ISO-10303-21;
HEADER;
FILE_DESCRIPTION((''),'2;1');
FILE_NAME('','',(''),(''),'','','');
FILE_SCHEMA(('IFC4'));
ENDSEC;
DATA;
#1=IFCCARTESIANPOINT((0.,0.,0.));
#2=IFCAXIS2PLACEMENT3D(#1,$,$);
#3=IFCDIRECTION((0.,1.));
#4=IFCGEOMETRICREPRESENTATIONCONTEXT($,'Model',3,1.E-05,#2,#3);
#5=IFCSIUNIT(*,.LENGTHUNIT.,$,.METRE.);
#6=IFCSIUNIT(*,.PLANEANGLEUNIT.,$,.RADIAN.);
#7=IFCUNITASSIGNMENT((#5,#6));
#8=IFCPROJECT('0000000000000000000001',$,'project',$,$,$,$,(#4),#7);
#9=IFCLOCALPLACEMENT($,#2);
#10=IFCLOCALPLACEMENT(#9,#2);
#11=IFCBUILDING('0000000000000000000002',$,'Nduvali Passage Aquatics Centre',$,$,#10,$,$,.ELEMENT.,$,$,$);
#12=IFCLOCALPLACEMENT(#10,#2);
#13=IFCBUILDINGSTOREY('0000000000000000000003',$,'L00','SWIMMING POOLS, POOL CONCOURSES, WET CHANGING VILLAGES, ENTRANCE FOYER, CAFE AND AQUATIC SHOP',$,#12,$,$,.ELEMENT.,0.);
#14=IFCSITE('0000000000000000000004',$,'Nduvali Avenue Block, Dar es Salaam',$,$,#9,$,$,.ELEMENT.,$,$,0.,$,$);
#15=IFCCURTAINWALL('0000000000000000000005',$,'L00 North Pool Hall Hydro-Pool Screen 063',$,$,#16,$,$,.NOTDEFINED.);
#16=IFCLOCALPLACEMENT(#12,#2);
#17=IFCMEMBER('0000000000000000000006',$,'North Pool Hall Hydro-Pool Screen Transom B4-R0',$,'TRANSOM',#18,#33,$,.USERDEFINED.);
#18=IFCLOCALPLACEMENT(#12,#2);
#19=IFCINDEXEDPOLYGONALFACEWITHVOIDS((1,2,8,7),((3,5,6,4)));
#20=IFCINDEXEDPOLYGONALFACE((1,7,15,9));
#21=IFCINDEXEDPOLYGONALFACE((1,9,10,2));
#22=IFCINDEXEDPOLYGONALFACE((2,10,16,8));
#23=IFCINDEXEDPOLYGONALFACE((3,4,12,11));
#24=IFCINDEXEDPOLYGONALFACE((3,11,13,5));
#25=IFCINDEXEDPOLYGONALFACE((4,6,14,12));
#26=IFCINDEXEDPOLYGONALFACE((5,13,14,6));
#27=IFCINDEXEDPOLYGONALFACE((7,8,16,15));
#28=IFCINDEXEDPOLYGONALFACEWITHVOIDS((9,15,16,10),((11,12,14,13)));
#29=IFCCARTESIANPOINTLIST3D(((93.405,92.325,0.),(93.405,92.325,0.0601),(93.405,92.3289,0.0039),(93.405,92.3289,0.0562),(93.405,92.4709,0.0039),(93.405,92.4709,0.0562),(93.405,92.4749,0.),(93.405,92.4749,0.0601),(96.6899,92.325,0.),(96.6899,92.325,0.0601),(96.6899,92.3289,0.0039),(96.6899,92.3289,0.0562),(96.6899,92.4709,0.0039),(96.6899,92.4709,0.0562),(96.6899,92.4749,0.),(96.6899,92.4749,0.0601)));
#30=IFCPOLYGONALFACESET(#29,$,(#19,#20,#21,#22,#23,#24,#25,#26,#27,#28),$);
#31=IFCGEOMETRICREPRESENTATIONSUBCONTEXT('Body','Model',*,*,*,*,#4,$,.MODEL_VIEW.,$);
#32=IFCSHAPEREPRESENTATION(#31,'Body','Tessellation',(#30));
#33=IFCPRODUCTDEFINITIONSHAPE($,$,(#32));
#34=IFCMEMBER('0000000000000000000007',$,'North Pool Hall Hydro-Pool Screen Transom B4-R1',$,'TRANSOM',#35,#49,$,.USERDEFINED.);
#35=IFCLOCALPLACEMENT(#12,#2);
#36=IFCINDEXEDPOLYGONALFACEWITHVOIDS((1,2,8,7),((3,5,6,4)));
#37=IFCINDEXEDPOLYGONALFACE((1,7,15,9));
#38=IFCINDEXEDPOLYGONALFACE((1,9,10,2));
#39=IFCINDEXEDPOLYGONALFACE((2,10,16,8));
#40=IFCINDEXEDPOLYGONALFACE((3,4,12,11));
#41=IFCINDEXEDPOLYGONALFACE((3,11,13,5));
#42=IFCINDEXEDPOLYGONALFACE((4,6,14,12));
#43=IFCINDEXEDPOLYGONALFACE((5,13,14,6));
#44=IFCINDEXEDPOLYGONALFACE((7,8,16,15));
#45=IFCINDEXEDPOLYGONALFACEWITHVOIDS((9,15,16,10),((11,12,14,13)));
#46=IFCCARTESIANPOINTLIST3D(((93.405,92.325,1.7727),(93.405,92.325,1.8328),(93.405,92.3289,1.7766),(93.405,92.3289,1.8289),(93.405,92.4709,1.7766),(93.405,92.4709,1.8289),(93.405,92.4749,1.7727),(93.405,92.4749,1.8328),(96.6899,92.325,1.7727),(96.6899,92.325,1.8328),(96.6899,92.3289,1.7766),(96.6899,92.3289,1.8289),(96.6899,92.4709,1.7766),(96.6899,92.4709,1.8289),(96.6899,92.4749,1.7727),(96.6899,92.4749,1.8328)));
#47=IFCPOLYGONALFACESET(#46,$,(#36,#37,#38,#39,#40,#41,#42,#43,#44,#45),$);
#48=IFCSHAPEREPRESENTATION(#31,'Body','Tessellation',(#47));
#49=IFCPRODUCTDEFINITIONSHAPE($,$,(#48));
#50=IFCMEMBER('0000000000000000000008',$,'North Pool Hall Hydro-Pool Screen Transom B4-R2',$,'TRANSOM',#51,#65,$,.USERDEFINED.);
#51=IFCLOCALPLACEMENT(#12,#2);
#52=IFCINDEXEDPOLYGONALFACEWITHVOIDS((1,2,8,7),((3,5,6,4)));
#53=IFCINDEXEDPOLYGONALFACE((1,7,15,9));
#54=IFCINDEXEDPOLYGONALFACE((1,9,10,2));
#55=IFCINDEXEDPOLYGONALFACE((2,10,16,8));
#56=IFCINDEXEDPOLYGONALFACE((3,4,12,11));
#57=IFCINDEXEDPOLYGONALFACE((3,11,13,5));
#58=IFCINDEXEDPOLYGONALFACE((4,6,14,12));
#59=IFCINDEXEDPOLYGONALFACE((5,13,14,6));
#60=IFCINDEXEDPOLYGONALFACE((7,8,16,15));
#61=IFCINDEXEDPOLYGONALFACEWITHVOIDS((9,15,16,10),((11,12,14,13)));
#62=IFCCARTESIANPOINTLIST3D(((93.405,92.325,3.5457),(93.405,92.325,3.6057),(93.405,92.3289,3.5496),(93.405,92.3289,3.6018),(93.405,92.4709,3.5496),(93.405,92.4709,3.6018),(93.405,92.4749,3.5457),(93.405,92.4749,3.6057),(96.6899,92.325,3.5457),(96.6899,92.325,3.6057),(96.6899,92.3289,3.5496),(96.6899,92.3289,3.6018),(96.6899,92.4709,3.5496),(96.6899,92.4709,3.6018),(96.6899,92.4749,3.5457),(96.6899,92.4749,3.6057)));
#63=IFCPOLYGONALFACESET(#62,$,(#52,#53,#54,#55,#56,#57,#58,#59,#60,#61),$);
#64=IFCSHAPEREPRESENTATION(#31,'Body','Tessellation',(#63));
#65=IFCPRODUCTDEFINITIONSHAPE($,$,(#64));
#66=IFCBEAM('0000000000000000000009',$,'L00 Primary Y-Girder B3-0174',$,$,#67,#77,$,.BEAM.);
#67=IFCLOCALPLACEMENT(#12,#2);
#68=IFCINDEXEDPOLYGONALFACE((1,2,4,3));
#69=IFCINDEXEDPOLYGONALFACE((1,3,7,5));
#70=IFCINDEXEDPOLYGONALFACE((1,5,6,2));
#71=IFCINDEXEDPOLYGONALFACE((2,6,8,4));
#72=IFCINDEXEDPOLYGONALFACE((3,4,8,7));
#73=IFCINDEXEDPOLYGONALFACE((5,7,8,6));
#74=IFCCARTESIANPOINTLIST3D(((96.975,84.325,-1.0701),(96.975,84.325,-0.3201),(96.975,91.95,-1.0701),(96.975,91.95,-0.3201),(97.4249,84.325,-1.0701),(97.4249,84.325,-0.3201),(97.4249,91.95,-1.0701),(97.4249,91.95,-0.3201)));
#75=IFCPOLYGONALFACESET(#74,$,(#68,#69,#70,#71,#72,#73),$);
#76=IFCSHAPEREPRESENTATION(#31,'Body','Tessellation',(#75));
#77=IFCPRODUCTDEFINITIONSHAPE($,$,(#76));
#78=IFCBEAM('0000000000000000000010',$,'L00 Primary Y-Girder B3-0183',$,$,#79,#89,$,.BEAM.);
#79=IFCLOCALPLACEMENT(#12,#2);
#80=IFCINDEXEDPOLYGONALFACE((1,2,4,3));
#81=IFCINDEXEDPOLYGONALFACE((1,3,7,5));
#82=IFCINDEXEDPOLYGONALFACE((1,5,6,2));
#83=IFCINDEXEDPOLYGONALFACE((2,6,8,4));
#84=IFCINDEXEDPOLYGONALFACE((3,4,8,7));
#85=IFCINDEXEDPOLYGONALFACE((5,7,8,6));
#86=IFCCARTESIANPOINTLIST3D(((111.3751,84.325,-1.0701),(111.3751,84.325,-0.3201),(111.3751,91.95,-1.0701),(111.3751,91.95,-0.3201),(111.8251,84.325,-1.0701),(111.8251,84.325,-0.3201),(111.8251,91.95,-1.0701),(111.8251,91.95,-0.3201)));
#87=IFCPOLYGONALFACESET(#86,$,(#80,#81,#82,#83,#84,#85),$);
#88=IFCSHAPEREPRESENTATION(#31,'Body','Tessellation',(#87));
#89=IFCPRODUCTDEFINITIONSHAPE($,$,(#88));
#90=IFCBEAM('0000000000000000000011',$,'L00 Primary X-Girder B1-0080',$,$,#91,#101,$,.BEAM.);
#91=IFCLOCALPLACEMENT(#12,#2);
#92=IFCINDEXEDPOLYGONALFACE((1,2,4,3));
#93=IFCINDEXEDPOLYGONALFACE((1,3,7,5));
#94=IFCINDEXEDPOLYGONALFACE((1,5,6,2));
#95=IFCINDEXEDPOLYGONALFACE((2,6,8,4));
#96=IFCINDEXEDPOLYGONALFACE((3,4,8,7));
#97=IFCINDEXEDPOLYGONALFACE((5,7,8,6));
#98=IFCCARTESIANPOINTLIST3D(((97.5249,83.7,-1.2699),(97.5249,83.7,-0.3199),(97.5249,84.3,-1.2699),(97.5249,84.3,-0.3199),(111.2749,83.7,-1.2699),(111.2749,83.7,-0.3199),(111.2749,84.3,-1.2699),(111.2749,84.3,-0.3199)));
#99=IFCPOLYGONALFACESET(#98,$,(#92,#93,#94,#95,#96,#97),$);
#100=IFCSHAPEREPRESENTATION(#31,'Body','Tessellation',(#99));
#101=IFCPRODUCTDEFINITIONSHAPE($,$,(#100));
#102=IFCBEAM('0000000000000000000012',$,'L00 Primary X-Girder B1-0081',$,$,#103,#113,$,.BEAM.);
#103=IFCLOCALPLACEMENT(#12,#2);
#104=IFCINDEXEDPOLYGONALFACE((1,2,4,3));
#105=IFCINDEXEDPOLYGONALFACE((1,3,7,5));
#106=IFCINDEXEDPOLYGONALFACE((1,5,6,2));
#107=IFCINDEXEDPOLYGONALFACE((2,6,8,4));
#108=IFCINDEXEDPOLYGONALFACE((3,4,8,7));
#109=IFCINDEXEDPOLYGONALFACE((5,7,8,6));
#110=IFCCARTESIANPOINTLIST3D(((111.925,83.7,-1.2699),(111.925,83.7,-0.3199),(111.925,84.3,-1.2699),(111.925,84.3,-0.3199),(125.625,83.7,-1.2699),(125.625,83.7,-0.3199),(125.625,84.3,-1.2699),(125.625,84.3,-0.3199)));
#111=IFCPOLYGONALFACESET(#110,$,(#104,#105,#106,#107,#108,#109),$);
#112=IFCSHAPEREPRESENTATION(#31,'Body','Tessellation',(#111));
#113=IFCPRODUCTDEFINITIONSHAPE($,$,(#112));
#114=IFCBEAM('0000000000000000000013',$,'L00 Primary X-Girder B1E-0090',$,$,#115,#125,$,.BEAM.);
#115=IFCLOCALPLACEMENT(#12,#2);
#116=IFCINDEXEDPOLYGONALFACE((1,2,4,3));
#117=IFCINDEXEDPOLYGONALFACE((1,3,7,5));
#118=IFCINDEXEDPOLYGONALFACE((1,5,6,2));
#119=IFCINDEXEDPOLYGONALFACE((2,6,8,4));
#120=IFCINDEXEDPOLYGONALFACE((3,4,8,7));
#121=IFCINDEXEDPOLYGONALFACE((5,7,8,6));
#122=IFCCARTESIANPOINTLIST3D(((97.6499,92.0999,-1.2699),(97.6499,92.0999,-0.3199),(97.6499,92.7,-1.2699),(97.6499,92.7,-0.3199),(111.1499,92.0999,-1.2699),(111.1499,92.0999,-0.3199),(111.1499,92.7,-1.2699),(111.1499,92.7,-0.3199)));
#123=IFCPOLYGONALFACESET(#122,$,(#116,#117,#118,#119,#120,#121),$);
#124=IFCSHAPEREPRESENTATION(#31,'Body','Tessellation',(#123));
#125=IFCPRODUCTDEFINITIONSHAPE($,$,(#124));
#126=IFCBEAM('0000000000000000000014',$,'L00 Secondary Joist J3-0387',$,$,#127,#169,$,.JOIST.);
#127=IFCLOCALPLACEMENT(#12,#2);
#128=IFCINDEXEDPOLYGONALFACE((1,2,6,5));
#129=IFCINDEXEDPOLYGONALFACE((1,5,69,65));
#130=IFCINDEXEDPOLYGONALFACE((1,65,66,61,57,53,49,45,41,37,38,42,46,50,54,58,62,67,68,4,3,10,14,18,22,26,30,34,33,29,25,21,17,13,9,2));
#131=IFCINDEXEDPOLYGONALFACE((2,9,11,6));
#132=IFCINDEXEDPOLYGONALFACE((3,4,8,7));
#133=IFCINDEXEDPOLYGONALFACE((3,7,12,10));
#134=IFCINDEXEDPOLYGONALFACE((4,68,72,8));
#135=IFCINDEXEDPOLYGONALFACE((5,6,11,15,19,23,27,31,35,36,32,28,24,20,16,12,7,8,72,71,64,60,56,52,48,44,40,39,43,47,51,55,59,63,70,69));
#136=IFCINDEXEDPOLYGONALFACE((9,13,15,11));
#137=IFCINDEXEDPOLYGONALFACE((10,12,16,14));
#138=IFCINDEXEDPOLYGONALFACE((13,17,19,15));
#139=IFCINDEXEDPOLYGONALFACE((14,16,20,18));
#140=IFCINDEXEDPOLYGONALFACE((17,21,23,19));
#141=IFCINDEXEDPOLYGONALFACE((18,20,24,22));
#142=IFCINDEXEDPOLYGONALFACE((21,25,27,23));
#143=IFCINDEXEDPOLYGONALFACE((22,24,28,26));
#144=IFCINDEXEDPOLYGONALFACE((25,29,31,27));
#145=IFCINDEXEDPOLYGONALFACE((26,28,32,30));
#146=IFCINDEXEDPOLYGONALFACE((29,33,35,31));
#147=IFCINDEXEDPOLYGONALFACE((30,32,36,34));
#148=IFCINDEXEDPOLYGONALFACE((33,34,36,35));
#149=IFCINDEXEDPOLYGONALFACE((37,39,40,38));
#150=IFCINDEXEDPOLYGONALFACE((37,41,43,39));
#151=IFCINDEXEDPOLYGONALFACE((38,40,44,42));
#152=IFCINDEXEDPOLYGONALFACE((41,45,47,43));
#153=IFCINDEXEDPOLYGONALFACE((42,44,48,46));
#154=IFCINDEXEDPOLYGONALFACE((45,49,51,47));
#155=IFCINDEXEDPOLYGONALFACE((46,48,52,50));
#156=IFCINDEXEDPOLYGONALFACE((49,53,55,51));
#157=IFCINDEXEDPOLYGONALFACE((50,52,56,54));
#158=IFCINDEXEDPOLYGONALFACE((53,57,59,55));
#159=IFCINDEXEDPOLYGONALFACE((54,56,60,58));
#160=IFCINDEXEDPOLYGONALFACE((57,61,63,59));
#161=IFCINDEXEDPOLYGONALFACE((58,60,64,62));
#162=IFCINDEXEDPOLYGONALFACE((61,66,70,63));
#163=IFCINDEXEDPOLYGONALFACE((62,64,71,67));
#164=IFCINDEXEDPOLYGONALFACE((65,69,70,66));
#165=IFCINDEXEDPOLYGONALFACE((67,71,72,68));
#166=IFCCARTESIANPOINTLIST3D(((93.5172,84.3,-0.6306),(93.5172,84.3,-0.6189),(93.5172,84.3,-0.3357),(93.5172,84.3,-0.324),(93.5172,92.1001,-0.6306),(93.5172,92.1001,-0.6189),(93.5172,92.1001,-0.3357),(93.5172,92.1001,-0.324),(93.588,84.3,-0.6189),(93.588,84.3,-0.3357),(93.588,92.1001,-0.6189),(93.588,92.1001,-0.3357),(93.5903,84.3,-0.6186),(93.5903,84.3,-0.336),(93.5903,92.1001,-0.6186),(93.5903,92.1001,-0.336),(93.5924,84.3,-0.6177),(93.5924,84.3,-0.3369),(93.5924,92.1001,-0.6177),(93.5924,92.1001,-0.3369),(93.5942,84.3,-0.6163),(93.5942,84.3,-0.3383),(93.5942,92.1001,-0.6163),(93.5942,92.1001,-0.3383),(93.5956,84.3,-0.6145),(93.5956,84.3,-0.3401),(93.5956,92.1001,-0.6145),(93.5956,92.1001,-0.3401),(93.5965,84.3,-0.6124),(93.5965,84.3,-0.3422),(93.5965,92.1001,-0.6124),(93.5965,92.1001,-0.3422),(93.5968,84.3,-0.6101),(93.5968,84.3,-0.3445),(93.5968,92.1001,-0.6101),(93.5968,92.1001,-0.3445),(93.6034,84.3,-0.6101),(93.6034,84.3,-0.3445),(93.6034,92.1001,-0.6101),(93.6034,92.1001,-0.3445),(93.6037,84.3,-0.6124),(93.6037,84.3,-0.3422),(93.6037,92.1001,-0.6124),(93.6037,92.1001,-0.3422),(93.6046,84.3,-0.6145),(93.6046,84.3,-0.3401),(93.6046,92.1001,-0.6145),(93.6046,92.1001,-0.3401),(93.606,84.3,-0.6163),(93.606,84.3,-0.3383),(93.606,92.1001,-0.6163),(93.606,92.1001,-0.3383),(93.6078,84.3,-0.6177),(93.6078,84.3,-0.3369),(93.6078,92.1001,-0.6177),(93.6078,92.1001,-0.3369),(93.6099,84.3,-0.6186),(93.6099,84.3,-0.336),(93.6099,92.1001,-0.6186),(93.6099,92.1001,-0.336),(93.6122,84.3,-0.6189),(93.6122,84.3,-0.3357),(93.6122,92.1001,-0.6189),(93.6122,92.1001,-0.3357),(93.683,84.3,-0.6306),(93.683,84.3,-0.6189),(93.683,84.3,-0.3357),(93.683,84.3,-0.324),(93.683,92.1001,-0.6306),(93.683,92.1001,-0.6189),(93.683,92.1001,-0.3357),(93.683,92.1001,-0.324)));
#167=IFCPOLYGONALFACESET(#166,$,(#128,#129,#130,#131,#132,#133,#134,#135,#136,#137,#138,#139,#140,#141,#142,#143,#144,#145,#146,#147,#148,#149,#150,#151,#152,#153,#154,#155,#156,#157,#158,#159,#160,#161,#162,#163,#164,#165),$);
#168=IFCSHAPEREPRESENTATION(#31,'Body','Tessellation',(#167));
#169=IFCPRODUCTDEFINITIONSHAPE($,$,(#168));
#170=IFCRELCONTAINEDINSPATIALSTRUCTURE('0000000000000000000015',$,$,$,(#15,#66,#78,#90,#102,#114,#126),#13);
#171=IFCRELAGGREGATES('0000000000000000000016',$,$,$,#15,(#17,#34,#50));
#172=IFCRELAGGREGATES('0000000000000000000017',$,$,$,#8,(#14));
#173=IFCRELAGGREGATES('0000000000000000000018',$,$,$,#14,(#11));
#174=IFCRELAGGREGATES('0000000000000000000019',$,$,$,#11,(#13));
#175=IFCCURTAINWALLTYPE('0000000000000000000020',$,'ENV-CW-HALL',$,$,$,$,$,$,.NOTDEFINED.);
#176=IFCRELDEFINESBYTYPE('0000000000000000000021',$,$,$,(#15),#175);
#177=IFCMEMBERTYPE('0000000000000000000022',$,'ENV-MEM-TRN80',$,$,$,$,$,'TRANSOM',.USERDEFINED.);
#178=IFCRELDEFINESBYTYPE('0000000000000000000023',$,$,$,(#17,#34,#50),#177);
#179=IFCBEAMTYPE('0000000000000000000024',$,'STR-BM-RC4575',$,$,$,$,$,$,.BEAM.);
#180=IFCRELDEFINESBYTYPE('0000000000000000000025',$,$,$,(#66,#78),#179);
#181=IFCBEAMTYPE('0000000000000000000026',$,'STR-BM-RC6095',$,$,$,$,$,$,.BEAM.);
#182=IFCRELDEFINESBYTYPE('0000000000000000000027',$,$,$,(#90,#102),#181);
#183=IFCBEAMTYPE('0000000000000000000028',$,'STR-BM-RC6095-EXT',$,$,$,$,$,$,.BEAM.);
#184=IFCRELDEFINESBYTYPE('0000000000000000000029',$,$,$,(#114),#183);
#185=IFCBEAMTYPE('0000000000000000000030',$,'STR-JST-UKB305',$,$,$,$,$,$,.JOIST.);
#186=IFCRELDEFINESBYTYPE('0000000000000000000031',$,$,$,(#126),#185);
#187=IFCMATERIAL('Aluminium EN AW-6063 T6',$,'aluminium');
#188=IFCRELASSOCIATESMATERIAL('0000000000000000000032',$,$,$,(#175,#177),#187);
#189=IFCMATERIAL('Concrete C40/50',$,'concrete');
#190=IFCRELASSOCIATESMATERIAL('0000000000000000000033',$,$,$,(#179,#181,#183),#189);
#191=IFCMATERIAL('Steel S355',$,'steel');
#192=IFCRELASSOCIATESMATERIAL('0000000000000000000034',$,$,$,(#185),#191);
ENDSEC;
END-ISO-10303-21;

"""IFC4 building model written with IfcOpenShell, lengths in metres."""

from ifc_helpers import new_model, si_unit, direction, frame, origin, origin_2d, place, context, subcontext, project, spatial, rectangle, hollow_rectangle, i_section, extrude, material, material_profile, profile_set, type_object, element, aggregate, save


model = new_model("IFC4")

# Units and contexts
model_context = context("Model", 3, precision=1e-05, world=origin(), true_north=direction((0.0, 1.0)))
body_context = subcontext(model_context, "Body", "Model", "MODEL_VIEW")
ifc_project = project(units=[si_unit("LENGTHUNIT", "METRE"), si_unit("PLANEANGLEUNIT", "RADIAN")], contexts=[model_context])

# Site, building, storey
site_placement = place(None, origin())
site = spatial("IfcSite", under=ifc_project, at=site_placement, Name="Nduvali Avenue Block, Dar es Salaam", CompositionType="ELEMENT", RefElevation=0.0)
building_placement = place(site_placement, origin())
building = spatial("IfcBuilding", under=site, at=building_placement, Name="Nduvali Passage Aquatics Centre", CompositionType="ELEMENT")
storey_placement = place(building_placement, origin())
storey = spatial("IfcBuildingStorey", under=building, at=storey_placement, Name="L00", Description="SWIMMING POOLS, POOL CONCOURSES, WET CHANGING VILLAGES, ENTRANCE FOYER, CAFE AND AQUATIC SHOP", CompositionType="ELEMENT", Elevation=0.0)

# Shared definitions
ifc_material_1 = material(Name="Concrete C40/50", Category="concrete")

# Curtain wall, members
ifc_material_2 = material(Name="Aluminium EN AW-6063 T6", Category="aluminium")
curtain_wall_type = type_object("IfcCurtainWallType", Name="ENV-CW-HALL", PredefinedType="NOTDEFINED", material=ifc_material_2)
curtain_wall_placement = place(storey_placement, origin())
curtain_wall = element("IfcCurtainWall", 1, at=curtain_wall_placement, inside=storey, type_object=curtain_wall_type, Name="L00 North Pool Hall Hydro-Pool Screen 063", PredefinedType="NOTDEFINED")
ifc_material_profile_1 = material_profile(ifc_material_2, hollow_rectangle(XDim=0.1499, YDim=0.0601, WallThickness=0.0039, at=origin_2d()), Name="ALU TRANSOM 150x60x4")
ifc_profile_set_1 = profile_set([ifc_material_profile_1], Name="Aluminium EN AW-6063 T6")
member_type_1 = type_object("IfcMemberType", Name="ENV-MEM-TRN80", ElementType="TRANSOM", PredefinedType="USERDEFINED", material=ifc_profile_set_1)
member_1_placement = place(storey_placement, frame((93.405, 92.3999, 0.03), z_axis=(1.0, 0.0, 0.0), x_axis=(0.0, 1.0, 0.0)))
member_1 = element("IfcMember", 2, at=member_1_placement, type_object=member_type_1, Name="North Pool Hall Hydro-Pool Screen Transom B4-R0", ObjectType="TRANSOM", PredefinedType="USERDEFINED", context=body_context, shape_type="SweptSolid", body=[
    extrude(hollow_rectangle(XDim=0.1499, YDim=0.0601, WallThickness=0.0039, at=origin_2d()), origin(), (0.0, 0.0, 1.0), 3.2849),
])
member_2_placement = place(storey_placement, frame((93.405, 92.3999, 1.8027), z_axis=(1.0, 0.0, 0.0), x_axis=(0.0, 1.0, 0.0)))
member_2 = element("IfcMember", 3, at=member_2_placement, type_object=member_type_1, Name="North Pool Hall Hydro-Pool Screen Transom B4-R1", ObjectType="TRANSOM", PredefinedType="USERDEFINED", context=body_context, shape_type="SweptSolid", body=[
    extrude(hollow_rectangle(XDim=0.1499, YDim=0.0601, WallThickness=0.0039, at=origin_2d()), origin(), (0.0, 0.0, 1.0), 3.2849),
])
member_3_placement = place(storey_placement, frame((93.405, 92.3999, 3.5757), z_axis=(1.0, 0.0, 0.0), x_axis=(0.0, 1.0, 0.0)))
member_3 = element("IfcMember", 4, at=member_3_placement, type_object=member_type_1, Name="North Pool Hall Hydro-Pool Screen Transom B4-R2", ObjectType="TRANSOM", PredefinedType="USERDEFINED", context=body_context, shape_type="SweptSolid", body=[
    extrude(hollow_rectangle(XDim=0.1499, YDim=0.0601, WallThickness=0.0039, at=origin_2d()), origin(), (0.0, 0.0, 1.0), 3.2849),
])

# Beams
ifc_material_profile_2 = material_profile(ifc_material_1, rectangle(XDim=0.45, YDim=0.75, at=origin_2d()), Name="RC 450x750")
ifc_profile_set_2 = profile_set([ifc_material_profile_2], Name="Concrete C40/50")
beam_type_1 = type_object("IfcBeamType", Name="STR-BM-RC4575", PredefinedType="BEAM", material=ifc_profile_set_2)
for number, where, z_axis, x_axis, name in (
    (5, (97.2, 84.325, -0.6951), (0.0, 1.0, 0.0), (-1.0, 0.0, 0.0), "L00 Primary Y-Girder B3-0174"),
    (6, (111.6001, 84.325, -0.6951), (0.0, 1.0, 0.0), (-1.0, 0.0, 0.0), "L00 Primary Y-Girder B3-0183"),
):
    element("IfcBeam", number, at=place(storey_placement, frame(where, z_axis=z_axis, x_axis=x_axis)), inside=storey, type_object=beam_type_1, Name=name, PredefinedType="BEAM", context=body_context, shape_type="SweptSolid", body=[
        extrude(rectangle(XDim=0.45, YDim=0.75, at=origin_2d()), origin(), (0.0, 0.0, 1.0), 7.625),
    ])
ifc_material_profile_3 = material_profile(ifc_material_1, rectangle(XDim=0.6001, YDim=0.95, at=origin_2d()), Name="RC 600x950")
ifc_profile_set_3 = profile_set([ifc_material_profile_3], Name="Concrete C40/50")
beam_type_2 = type_object("IfcBeamType", Name="STR-BM-RC6095", PredefinedType="BEAM", material=ifc_profile_set_3)
beam_1_placement = place(storey_placement, frame((97.5249, 84.0, -0.7949), z_axis=(1.0, 0.0, 0.0), x_axis=(0.0, 1.0, 0.0)))
element("IfcBeam", 7, at=beam_1_placement, inside=storey, type_object=beam_type_2, Name="L00 Primary X-Girder B1-0080", PredefinedType="BEAM", context=body_context, shape_type="SweptSolid", body=[
    extrude(rectangle(XDim=0.6001, YDim=0.95, at=origin_2d()), origin(), (0.0, 0.0, 1.0), 13.75),
])
beam_2_placement = place(storey_placement, frame((111.925, 84.0, -0.7949), z_axis=(1.0, 0.0, 0.0), x_axis=(0.0, 1.0, 0.0)))
element("IfcBeam", 8, at=beam_2_placement, inside=storey, type_object=beam_type_2, Name="L00 Primary X-Girder B1-0081", PredefinedType="BEAM", context=body_context, shape_type="SweptSolid", body=[
    extrude(rectangle(XDim=0.6001, YDim=0.95, at=origin_2d()), origin(), (0.0, 0.0, 1.0), 13.7),
])
ifc_material_profile_4 = material_profile(ifc_material_1, rectangle(XDim=0.6001, YDim=0.95, at=origin_2d()), Name="RC 600x950")
ifc_profile_set_4 = profile_set([ifc_material_profile_4], Name="Concrete C40/50")
beam_type_3 = type_object("IfcBeamType", Name="STR-BM-RC6095-EXT", PredefinedType="BEAM", material=ifc_profile_set_4)
beam_3_placement = place(storey_placement, frame((97.6499, 92.3999, -0.7949), z_axis=(1.0, 0.0, 0.0), x_axis=(0.0, 1.0, 0.0)))
element("IfcBeam", 9, at=beam_3_placement, inside=storey, type_object=beam_type_3, Name="L00 Primary X-Girder B1E-0090", PredefinedType="BEAM", context=body_context, shape_type="SweptSolid", body=[
    extrude(rectangle(XDim=0.6001, YDim=0.95, at=origin_2d()), origin(), (0.0, 0.0, 1.0), 13.5),
])
ifc_material_3 = material(Name="Steel S355", Category="steel")
ifc_material_profile_5 = material_profile(ifc_material_3, i_section(OverallWidth=0.1658, OverallDepth=0.3066, WebThickness=0.0066, FlangeThickness=0.0117, FilletRadius=0.0088, at=origin_2d()), Name="UKB 305x165x46")
ifc_profile_set_5 = profile_set([ifc_material_profile_5], Name="Steel S355")
beam_type_4 = type_object("IfcBeamType", Name="STR-JST-UKB305", PredefinedType="JOIST", material=ifc_profile_set_5)
beam_4_placement = place(storey_placement, frame((93.6001, 84.3, -0.4773), z_axis=(0.0, 1.0, 0.0), x_axis=(-1.0, 0.0, 0.0)))
element("IfcBeam", 10, at=beam_4_placement, inside=storey, type_object=beam_type_4, Name="L00 Secondary Joist J3-0387", PredefinedType="JOIST", context=body_context, shape_type="SweptSolid", body=[
    extrude(i_section(OverallWidth=0.1658, OverallDepth=0.3066, WebThickness=0.0066, FlangeThickness=0.0117, FilletRadius=0.0088, at=origin_2d()), origin(), (0.0, 0.0, 1.0), 7.8),
])

aggregate(curtain_wall, [member_1, member_2, member_3])

save(model, "model.ifc")
